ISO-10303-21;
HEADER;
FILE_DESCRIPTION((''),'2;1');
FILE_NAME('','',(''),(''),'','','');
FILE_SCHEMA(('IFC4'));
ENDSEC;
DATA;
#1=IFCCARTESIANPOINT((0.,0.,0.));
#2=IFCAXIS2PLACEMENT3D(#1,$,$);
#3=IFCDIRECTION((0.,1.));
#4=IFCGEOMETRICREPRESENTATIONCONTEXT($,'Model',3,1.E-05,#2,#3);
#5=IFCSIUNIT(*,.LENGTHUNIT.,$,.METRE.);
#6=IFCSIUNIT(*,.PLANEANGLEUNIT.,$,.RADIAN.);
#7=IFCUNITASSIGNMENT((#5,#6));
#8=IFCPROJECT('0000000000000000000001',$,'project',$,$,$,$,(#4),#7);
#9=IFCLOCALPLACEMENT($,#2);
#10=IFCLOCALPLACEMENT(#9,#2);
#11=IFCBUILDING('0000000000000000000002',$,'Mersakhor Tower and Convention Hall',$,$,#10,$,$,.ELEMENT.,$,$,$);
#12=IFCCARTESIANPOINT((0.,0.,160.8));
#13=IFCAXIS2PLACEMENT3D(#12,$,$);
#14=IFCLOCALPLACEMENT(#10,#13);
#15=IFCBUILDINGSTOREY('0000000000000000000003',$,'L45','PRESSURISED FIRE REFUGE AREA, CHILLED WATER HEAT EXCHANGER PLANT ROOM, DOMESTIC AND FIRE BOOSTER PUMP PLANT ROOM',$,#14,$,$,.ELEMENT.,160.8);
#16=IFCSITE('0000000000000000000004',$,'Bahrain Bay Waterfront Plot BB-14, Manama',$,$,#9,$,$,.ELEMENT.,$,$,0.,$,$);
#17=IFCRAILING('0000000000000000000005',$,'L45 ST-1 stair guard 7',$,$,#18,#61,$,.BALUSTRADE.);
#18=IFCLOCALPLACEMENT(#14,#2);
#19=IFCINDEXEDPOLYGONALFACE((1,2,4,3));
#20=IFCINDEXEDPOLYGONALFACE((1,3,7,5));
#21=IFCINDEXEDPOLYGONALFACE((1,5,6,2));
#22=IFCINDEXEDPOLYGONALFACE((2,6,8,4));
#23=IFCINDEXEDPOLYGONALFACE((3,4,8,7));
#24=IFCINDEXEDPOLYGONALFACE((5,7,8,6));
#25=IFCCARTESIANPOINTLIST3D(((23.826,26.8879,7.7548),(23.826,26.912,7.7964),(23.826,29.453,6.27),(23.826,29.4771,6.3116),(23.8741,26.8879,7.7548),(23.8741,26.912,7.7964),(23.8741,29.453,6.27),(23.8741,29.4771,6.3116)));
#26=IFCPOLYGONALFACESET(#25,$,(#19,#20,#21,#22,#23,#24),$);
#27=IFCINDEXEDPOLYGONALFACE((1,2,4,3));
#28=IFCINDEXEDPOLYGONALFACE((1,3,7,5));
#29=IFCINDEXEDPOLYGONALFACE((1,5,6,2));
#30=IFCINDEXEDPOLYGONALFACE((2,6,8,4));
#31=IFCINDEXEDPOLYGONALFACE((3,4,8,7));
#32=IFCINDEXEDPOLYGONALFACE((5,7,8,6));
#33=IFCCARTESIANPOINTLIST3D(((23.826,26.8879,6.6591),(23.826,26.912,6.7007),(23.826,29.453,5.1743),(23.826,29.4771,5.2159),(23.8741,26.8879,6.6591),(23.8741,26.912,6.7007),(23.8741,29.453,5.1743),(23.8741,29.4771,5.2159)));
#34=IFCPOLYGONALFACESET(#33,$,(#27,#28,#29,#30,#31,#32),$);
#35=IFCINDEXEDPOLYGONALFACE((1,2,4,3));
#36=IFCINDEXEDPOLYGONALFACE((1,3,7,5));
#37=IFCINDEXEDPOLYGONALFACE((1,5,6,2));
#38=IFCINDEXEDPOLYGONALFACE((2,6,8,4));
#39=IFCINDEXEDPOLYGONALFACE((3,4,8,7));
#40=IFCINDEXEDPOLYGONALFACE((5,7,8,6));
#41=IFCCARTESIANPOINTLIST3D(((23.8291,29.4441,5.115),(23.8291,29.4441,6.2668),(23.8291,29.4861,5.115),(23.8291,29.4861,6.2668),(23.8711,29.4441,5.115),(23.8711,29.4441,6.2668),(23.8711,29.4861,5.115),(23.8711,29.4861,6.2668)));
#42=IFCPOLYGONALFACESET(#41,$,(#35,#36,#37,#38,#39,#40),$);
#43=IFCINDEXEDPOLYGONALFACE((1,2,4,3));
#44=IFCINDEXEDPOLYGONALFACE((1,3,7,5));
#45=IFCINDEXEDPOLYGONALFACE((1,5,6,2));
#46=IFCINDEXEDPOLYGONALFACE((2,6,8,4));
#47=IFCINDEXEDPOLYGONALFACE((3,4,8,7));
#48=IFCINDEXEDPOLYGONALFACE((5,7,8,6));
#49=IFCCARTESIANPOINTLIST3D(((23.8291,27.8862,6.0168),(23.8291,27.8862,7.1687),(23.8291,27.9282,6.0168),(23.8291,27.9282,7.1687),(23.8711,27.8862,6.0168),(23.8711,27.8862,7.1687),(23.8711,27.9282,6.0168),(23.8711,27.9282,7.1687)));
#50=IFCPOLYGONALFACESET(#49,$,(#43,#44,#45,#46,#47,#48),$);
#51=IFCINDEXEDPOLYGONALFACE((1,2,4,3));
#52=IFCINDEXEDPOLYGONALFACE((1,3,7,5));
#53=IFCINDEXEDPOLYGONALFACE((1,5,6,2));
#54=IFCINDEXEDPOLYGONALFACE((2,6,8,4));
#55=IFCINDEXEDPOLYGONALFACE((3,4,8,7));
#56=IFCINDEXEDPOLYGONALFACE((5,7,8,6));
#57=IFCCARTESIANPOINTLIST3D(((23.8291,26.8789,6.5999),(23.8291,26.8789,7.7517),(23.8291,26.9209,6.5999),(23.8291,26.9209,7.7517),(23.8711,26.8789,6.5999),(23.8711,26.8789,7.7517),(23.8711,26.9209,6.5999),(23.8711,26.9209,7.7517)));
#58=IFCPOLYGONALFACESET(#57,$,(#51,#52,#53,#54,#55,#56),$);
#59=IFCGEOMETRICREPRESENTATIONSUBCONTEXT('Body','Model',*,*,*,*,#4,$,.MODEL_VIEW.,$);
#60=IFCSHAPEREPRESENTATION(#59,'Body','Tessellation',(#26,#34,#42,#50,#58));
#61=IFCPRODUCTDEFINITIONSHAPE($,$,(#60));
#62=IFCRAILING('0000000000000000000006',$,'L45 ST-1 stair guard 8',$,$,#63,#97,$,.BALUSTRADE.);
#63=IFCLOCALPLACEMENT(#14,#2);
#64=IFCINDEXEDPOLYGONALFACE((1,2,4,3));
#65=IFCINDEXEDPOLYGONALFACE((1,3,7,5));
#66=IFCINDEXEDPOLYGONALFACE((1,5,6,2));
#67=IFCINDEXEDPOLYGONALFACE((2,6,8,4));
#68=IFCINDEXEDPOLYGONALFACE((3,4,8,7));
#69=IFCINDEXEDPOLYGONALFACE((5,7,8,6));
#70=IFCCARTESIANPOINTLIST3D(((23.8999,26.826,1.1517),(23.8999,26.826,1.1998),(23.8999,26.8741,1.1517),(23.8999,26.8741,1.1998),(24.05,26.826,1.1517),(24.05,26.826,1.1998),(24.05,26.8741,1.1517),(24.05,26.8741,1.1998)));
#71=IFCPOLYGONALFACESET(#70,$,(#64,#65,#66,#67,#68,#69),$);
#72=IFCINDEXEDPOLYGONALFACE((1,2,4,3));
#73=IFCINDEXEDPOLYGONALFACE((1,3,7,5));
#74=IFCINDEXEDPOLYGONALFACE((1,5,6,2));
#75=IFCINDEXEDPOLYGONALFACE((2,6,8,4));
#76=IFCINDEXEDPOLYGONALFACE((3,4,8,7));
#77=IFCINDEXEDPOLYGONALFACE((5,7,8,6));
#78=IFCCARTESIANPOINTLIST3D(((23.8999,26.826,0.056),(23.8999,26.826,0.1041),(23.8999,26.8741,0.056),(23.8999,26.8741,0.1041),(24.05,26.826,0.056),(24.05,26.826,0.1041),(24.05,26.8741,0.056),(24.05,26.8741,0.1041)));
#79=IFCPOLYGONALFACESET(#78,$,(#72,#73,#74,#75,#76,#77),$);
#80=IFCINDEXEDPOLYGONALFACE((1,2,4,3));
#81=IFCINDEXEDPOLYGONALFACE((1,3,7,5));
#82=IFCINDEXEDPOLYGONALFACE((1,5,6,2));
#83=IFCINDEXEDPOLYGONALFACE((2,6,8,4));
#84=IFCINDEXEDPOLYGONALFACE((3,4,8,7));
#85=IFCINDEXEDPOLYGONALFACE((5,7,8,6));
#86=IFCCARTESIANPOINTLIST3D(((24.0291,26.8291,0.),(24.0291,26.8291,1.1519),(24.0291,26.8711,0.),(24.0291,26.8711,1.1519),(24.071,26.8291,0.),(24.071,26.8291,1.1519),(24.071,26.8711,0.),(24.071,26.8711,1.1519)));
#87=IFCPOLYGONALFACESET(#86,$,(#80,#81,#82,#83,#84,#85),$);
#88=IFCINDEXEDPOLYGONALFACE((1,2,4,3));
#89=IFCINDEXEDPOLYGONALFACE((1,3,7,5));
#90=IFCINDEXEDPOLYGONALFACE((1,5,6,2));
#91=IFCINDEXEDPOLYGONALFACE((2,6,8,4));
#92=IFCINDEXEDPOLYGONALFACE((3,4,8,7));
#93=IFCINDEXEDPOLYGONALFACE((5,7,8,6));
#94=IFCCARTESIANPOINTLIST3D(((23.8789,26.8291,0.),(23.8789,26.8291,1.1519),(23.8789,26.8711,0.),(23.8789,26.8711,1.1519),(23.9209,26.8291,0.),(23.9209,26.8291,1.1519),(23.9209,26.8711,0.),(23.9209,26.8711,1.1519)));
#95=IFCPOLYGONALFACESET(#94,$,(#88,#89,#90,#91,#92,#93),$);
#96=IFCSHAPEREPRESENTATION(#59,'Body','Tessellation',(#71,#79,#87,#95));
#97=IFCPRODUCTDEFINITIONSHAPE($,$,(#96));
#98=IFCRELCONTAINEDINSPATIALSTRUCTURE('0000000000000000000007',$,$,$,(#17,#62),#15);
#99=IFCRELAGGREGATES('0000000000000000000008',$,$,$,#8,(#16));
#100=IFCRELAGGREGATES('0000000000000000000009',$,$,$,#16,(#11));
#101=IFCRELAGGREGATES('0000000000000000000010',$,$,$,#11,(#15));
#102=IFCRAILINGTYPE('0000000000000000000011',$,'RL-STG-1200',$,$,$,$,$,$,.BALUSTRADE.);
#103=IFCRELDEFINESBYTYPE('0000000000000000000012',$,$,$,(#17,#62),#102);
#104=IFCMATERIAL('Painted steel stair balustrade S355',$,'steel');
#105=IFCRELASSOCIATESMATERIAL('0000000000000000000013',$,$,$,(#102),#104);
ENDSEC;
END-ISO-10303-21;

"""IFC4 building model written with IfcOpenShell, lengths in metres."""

from ifc_helpers import new_model, si_unit, direction, frame, origin, origin_2d, place, context, subcontext, project, spatial, rectangle, extrude, material, type_object, element, save


model = new_model("IFC4")

# Units and contexts
model_context = context("Model", 3, precision=1e-05, world=origin(), true_north=direction((0.0, 1.0)))
body_context = subcontext(model_context, "Body", "Model", "MODEL_VIEW")
ifc_project = project(units=[si_unit("LENGTHUNIT", "METRE"), si_unit("PLANEANGLEUNIT", "RADIAN")], contexts=[model_context])

# Site, building, storey
site_placement = place(None, origin())
site = spatial("IfcSite", under=ifc_project, at=site_placement, Name="Bahrain Bay Waterfront Plot BB-14, Manama", CompositionType="ELEMENT", RefElevation=0.0)
building_placement = place(site_placement, origin())
building = spatial("IfcBuilding", under=site, at=building_placement, Name="Mersakhor Tower and Convention Hall", CompositionType="ELEMENT")
storey_placement = place(building_placement, frame((0.0, 0.0, 160.8)))
storey = spatial("IfcBuildingStorey", under=building, at=storey_placement, Name="L45", Description="PRESSURISED FIRE REFUGE AREA, CHILLED WATER HEAT EXCHANGER PLANT ROOM, DOMESTIC AND FIRE BOOSTER PUMP PLANT ROOM", CompositionType="ELEMENT", Elevation=160.8)

# Railings
ifc_material_1 = material(Name="Painted steel stair balustrade S355", Category="steel")
railing_type_1 = type_object("IfcRailingType", Name="RL-STG-1200", PredefinedType="BALUSTRADE", material=ifc_material_1)
railing_1_placement = place(storey_placement, frame((23.8501, 29.4651, 5.115)))
element("IfcRailing", 1, at=railing_1_placement, inside=storey, type_object=railing_type_1, Name="L45 ST-1 stair guard 7", PredefinedType="BALUSTRADE", context=body_context, shape_type="SweptSolid", body=[
    extrude(rectangle(XDim=0.0481, YDim=0.0481, at=origin_2d()), frame((0.0, 0.0, 1.1758), z_axis=(0.0, -0.865462, 0.500975), x_axis=(1.0, 0.0, 0.0)), (0.0, 0.0, 1.0), 2.9639),
    extrude(rectangle(XDim=0.0481, YDim=0.0481, at=origin_2d()), frame((0.0, 0.0, 0.0801), z_axis=(0.0, -0.865462, 0.500975), x_axis=(1.0, 0.0, 0.0)), (0.0, 0.0, 1.0), 2.9639),
    extrude(rectangle(XDim=0.042, YDim=0.042, at=origin_2d()), origin(), (0.0, 0.0, 1.0), 1.1519),
    extrude(rectangle(XDim=0.042, YDim=0.042, at=origin_2d()), frame((0.0, -1.5579, 0.9019)), (0.0, 0.0, 1.0), 1.1519),
    extrude(rectangle(XDim=0.042, YDim=0.042, at=origin_2d()), frame((0.0, -2.5652, 1.4849)), (0.0, 0.0, 1.0), 1.1519),
])
railing_2_placement = place(storey_placement, frame((24.05, 26.8501, 0.0)))
element("IfcRailing", 2, at=railing_2_placement, inside=storey, type_object=railing_type_1, Name="L45 ST-1 stair guard 8", PredefinedType="BALUSTRADE", context=body_context, shape_type="SweptSolid", body=[
    extrude(rectangle(XDim=0.0481, YDim=0.0481, at=origin_2d()), frame((0.0, 0.0, 1.1758), z_axis=(-1.0, 0.0, 0.0), x_axis=(0.0, -1.0, 0.0)), (0.0, 0.0, 1.0), 0.1501),
    extrude(rectangle(XDim=0.0481, YDim=0.0481, at=origin_2d()), frame((0.0, 0.0, 0.0801), z_axis=(-1.0, 0.0, 0.0), x_axis=(0.0, -1.0, 0.0)), (0.0, 0.0, 1.0), 0.1501),
    extrude(rectangle(XDim=0.042, YDim=0.042, at=origin_2d()), origin(), (0.0, 0.0, 1.0), 1.1519),
    extrude(rectangle(XDim=0.042, YDim=0.042, at=origin_2d()), frame((-0.1501, 0.0, 0.0)), (0.0, 0.0, 1.0), 1.1519),
])

save(model, "model.ifc")
